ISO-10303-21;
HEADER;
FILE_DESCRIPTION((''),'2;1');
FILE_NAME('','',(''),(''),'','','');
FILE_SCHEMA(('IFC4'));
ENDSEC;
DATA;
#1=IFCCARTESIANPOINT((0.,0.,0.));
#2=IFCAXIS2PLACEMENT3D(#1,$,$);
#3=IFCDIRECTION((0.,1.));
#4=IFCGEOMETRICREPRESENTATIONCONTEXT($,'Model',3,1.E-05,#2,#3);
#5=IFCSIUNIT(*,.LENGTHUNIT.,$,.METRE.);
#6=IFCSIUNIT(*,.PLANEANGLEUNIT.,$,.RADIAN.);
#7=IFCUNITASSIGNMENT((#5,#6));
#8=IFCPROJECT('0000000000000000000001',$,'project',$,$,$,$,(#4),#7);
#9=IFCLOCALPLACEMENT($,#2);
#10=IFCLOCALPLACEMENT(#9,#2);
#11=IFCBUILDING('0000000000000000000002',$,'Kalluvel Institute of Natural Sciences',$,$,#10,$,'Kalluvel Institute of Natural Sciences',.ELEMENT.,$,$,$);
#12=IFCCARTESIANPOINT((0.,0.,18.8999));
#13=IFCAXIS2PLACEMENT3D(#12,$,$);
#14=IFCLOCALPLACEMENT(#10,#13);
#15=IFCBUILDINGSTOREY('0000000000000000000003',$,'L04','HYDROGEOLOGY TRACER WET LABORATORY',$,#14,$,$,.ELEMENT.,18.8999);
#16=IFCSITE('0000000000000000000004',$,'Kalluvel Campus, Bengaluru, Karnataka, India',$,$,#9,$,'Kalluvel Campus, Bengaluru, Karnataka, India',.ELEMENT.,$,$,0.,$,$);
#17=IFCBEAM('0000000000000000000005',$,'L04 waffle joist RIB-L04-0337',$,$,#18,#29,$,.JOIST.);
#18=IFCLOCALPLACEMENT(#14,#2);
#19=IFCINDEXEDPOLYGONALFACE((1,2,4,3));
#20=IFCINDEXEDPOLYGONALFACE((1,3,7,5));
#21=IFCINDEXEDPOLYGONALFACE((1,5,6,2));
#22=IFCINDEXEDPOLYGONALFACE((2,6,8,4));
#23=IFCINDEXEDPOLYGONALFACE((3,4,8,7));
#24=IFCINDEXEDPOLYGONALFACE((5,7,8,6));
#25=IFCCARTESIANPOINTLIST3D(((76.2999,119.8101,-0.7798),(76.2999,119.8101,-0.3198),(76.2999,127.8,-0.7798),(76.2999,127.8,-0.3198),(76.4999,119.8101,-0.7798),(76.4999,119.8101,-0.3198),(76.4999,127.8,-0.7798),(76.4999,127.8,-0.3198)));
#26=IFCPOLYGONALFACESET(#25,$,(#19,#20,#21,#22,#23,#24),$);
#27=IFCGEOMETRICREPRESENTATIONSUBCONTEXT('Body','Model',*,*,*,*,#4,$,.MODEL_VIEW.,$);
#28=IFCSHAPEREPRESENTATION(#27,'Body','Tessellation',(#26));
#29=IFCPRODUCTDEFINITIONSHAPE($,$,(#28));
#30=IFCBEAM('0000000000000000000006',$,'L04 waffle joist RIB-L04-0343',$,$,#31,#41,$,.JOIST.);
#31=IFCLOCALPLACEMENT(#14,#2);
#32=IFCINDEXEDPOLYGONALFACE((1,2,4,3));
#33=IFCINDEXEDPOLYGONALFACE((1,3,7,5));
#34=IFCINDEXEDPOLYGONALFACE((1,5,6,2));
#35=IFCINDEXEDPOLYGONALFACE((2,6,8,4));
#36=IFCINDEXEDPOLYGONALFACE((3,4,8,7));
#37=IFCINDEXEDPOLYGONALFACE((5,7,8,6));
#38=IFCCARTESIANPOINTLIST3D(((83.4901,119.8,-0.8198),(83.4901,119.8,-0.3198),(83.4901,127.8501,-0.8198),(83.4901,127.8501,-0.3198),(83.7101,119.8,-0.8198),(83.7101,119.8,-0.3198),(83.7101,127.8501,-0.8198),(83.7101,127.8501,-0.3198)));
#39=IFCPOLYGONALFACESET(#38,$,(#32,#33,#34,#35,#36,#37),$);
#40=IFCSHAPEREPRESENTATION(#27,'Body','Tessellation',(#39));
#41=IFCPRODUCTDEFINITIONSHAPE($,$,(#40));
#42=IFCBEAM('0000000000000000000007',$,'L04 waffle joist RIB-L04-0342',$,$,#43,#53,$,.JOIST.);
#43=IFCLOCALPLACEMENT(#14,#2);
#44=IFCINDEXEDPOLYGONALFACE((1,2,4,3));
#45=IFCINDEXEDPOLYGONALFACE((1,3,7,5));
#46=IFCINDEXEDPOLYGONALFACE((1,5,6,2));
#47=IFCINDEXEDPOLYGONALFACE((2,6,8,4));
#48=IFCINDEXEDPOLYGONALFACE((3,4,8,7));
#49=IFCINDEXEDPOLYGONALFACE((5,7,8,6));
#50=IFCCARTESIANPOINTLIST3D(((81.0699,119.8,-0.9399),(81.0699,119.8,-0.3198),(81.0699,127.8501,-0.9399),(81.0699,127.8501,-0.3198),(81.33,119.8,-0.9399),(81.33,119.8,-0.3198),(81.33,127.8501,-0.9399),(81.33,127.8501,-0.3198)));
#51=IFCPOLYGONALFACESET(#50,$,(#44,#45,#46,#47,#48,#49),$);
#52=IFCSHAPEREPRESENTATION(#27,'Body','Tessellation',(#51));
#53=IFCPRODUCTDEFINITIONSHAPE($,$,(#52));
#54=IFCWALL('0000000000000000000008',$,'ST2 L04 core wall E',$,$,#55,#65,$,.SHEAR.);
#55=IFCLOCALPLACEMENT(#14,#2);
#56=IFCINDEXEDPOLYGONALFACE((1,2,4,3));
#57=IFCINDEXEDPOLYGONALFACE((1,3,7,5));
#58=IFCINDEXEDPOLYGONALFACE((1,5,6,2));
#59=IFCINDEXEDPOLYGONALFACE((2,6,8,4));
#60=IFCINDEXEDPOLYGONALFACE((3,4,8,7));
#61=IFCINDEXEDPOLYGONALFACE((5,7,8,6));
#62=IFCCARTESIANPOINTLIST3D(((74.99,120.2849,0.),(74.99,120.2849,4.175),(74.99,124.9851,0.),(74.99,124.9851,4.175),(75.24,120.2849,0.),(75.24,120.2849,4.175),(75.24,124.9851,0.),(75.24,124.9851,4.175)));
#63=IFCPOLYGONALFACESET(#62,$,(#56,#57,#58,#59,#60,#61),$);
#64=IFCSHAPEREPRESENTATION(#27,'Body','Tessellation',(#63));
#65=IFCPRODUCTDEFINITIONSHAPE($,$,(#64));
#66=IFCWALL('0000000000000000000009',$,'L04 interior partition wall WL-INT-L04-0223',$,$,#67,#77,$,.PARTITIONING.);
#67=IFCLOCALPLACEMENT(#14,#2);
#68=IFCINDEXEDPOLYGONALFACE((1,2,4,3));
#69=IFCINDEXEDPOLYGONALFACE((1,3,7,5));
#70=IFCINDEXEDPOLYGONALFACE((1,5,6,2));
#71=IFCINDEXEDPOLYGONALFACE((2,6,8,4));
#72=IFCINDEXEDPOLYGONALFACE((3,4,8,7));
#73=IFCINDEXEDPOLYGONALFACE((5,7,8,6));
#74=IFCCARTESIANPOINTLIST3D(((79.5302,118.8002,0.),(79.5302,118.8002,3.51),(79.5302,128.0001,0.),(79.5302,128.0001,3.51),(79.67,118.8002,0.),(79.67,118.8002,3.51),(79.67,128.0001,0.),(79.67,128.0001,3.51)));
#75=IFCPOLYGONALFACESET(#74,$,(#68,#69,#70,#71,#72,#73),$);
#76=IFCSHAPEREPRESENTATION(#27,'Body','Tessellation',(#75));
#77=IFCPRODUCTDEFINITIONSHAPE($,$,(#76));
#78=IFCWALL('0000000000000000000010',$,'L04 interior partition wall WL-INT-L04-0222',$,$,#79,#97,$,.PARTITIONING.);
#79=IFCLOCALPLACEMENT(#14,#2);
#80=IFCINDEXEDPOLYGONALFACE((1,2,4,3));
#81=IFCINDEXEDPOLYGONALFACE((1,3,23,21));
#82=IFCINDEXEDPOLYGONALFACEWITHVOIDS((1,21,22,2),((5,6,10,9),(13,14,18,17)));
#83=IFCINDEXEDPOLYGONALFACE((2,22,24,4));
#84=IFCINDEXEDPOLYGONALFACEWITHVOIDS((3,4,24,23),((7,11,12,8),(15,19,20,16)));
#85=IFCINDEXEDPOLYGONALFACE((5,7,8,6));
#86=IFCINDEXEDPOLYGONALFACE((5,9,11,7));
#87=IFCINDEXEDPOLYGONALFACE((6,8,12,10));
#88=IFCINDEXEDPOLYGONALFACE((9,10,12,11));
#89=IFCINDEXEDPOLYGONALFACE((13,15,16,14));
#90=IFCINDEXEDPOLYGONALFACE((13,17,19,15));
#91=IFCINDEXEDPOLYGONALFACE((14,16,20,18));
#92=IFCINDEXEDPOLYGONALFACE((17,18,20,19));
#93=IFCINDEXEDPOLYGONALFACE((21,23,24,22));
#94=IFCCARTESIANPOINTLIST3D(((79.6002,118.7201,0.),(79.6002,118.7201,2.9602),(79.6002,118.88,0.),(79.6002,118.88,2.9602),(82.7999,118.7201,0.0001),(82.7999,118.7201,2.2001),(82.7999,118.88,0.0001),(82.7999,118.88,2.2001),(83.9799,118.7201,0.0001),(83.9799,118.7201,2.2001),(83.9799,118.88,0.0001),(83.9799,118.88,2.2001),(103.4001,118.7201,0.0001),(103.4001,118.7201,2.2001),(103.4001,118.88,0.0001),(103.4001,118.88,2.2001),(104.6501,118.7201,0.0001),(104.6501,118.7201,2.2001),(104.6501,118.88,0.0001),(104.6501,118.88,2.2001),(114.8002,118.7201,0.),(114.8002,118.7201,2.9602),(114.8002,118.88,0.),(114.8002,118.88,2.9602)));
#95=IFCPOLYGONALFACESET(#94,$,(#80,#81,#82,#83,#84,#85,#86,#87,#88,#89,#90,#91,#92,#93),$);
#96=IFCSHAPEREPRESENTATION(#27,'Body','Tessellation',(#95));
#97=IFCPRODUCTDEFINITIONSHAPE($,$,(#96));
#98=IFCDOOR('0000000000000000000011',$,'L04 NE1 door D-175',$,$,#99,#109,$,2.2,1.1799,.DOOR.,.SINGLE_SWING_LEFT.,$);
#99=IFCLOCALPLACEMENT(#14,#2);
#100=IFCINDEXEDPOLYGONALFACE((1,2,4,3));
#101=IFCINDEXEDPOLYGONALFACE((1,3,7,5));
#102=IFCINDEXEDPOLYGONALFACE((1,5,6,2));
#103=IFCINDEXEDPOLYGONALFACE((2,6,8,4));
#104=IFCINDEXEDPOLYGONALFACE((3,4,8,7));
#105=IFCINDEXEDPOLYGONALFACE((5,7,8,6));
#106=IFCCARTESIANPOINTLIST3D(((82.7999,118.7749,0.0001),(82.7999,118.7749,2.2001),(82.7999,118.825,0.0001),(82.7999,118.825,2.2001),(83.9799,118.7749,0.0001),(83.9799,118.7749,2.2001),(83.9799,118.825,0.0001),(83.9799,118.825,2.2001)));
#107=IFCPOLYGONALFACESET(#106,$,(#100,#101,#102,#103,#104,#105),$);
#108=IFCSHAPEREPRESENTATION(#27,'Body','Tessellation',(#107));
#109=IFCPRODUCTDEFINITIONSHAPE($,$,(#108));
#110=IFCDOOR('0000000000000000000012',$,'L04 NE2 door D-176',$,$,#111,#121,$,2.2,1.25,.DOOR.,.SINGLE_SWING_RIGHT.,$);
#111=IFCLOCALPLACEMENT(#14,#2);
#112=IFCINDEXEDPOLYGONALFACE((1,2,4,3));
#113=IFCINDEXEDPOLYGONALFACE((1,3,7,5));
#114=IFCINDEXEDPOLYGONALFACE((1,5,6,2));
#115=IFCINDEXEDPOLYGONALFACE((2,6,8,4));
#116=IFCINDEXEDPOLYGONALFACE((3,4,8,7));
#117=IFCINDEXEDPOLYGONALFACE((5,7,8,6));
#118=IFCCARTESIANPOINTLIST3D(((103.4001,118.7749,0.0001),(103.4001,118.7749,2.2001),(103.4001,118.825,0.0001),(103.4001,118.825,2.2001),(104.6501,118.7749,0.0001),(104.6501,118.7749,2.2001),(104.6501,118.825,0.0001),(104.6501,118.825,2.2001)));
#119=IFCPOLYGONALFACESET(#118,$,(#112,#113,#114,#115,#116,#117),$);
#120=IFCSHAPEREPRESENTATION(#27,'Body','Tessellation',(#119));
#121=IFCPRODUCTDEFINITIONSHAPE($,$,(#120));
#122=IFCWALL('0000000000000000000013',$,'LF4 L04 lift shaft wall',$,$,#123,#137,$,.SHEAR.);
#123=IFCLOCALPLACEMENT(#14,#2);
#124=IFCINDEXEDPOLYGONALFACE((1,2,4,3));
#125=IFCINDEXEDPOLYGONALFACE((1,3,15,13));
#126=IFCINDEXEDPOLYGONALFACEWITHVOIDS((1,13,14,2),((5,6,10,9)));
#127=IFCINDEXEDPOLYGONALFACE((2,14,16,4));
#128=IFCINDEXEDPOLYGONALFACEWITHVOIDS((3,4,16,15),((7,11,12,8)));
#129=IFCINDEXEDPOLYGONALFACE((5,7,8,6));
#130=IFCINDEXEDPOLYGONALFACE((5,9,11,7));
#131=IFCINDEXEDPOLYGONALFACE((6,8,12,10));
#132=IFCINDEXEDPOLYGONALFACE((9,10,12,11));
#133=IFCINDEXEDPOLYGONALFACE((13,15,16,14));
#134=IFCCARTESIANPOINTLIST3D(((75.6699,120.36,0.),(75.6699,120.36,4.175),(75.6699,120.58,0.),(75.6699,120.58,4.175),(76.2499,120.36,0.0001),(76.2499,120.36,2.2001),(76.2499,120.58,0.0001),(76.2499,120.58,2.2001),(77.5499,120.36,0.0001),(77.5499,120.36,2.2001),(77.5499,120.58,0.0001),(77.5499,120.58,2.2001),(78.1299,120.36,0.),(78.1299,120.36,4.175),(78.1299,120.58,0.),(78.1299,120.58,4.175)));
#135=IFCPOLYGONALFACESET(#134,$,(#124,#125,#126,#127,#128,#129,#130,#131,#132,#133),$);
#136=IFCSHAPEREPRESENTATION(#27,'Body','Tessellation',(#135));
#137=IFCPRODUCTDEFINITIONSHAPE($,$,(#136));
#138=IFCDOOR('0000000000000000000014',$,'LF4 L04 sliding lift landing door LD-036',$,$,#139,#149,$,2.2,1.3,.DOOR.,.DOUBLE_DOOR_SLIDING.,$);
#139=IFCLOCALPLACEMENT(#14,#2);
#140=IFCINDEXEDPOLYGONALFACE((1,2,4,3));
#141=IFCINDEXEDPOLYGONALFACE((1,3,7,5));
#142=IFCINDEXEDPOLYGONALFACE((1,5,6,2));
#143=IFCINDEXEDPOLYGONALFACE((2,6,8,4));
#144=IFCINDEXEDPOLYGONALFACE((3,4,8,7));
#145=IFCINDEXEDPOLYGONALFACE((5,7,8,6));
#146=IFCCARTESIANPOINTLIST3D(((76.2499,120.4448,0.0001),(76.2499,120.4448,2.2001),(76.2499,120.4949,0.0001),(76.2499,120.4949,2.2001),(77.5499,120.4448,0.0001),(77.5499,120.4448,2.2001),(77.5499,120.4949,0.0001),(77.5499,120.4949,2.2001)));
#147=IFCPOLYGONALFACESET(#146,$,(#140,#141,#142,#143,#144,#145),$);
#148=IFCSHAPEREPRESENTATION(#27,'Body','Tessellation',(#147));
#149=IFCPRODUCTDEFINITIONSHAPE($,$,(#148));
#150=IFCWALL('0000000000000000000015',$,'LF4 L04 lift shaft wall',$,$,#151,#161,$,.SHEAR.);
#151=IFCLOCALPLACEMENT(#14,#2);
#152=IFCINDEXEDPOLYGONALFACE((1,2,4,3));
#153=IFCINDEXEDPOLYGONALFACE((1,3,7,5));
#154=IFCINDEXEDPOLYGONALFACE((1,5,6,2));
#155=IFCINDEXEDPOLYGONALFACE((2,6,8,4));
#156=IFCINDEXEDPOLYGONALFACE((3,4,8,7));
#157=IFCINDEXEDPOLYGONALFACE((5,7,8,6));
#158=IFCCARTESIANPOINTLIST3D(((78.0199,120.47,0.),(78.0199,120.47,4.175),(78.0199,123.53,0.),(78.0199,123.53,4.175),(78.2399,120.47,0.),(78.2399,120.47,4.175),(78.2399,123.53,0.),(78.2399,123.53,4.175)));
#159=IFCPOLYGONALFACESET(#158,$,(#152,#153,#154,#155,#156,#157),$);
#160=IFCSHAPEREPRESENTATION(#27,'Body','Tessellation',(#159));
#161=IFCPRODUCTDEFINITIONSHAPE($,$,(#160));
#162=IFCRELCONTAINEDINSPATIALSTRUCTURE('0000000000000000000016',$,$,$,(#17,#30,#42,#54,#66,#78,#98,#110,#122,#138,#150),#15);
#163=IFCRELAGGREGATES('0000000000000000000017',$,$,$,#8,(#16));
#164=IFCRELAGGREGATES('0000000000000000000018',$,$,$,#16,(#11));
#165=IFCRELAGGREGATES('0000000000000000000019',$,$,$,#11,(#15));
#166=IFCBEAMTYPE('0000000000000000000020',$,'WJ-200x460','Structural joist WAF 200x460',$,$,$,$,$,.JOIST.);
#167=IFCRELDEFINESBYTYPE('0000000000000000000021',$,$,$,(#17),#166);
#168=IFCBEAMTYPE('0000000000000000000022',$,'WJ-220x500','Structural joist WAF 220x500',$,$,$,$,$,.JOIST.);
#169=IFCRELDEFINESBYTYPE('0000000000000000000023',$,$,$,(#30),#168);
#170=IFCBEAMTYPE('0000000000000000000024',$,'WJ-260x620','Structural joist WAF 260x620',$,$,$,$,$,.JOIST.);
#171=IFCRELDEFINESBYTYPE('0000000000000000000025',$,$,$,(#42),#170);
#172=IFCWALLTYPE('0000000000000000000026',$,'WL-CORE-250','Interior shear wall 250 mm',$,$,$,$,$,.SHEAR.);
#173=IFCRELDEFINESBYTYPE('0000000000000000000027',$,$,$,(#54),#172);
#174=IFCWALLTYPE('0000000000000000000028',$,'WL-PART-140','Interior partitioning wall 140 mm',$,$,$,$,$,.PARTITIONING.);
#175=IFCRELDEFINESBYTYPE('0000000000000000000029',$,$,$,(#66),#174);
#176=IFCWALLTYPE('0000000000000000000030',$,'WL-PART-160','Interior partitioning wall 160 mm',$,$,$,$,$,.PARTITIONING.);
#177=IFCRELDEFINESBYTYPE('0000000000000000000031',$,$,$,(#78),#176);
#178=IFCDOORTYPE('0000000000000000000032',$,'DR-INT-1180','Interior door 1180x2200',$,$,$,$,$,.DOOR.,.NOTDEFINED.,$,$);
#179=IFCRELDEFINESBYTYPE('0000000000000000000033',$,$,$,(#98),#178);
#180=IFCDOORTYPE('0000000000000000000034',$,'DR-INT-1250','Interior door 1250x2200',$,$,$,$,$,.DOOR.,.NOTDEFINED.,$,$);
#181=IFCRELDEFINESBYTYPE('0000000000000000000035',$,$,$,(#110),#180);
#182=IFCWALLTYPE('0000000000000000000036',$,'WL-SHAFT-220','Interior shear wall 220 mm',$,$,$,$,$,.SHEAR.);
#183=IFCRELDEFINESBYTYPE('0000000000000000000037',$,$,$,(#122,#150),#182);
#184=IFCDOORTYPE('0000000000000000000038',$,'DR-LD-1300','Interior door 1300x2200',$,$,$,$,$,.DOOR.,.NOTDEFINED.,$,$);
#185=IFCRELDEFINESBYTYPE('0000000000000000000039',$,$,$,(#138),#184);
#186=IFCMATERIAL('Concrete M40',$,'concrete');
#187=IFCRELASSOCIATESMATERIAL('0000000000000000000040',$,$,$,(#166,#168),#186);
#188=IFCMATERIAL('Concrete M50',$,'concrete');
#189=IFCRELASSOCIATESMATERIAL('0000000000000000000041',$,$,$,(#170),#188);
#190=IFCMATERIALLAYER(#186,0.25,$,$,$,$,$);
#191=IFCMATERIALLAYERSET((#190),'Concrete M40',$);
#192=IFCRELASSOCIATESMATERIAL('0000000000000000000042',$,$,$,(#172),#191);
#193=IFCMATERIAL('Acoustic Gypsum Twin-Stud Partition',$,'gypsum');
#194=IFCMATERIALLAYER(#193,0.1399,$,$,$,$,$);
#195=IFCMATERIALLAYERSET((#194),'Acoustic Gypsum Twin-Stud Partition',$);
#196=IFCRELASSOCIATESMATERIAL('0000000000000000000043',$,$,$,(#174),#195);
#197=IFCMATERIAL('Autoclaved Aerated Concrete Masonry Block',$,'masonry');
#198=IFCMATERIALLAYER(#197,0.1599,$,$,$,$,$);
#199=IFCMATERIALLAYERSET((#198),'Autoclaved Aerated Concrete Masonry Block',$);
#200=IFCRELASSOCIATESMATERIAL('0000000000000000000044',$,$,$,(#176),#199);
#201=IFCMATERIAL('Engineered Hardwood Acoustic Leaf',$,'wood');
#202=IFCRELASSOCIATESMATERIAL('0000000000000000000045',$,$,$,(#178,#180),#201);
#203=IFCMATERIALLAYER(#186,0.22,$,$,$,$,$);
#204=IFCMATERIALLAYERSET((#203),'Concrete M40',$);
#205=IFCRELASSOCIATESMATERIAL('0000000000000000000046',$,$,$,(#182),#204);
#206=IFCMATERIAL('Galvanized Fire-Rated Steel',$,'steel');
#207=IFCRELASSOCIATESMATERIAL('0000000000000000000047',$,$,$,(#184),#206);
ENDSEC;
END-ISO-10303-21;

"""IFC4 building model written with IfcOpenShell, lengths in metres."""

from ifc_helpers import new_model, si_unit, direction, frame, frame_2d, origin, origin_2d, place, context, subcontext, project, spatial, rectangle, extrude, material, layer, layer_set, material_profile, profile_set, type_object, element, fill, save


model = new_model("IFC4")

# Units and contexts
model_context = context("Model", 3, precision=1e-05, world=origin(), true_north=direction((0.0, 1.0)))
body_context = subcontext(model_context, "Body", "Model", "MODEL_VIEW")
ifc_project = project(units=[si_unit("LENGTHUNIT", "METRE"), si_unit("PLANEANGLEUNIT", "RADIAN")], contexts=[model_context])

# Site, building, storey
site_placement = place(None, origin())
site = spatial("IfcSite", under=ifc_project, at=site_placement, Name="Kalluvel Campus, Bengaluru, Karnataka, India", LongName="Kalluvel Campus, Bengaluru, Karnataka, India", CompositionType="ELEMENT", RefElevation=0.0)
building_placement = place(site_placement, origin())
building = spatial("IfcBuilding", under=site, at=building_placement, Name="Kalluvel Institute of Natural Sciences", LongName="Kalluvel Institute of Natural Sciences", CompositionType="ELEMENT")
storey_placement = place(building_placement, frame((0.0, 0.0, 18.8999)))
storey = spatial("IfcBuildingStorey", under=building, at=storey_placement, Name="L04", Description="HYDROGEOLOGY TRACER WET LABORATORY", CompositionType="ELEMENT", Elevation=18.8999)

# Shared definitions
ifc_material_1 = material(Name="Concrete M50", Category="concrete")
ifc_material_2 = material(Name="Concrete M40", Category="concrete")

# Beams
ifc_material_profile_1 = material_profile(ifc_material_2, rectangle(XDim=0.2, YDim=0.46, at=origin_2d()), Name="WAF 200x460")
ifc_profile_set_1 = profile_set([ifc_material_profile_1], Name="Concrete M40")
beam_type_1 = type_object("IfcBeamType", Name="WJ-200x460", Description="Structural joist WAF 200x460", PredefinedType="JOIST", material=ifc_profile_set_1)
beam_1_placement = place(storey_placement, frame((76.3999, 119.8101, -0.5498), z_axis=(0.0, 1.0, 0.0), x_axis=(-1.0, 0.0, 0.0)))
element("IfcBeam", 1, at=beam_1_placement, inside=storey, type_object=beam_type_1, Name="L04 waffle joist RIB-L04-0337", PredefinedType="JOIST", context=body_context, shape_type="SweptSolid", body=[
    extrude(rectangle(XDim=0.2, YDim=0.46, at=origin_2d()), origin(), (0.0, 0.0, 1.0), 7.99),
])
ifc_material_profile_2 = material_profile(ifc_material_2, rectangle(XDim=0.22, YDim=0.5, at=origin_2d()), Name="WAF 220x500")
ifc_profile_set_2 = profile_set([ifc_material_profile_2], Name="Concrete M40")
beam_type_2 = type_object("IfcBeamType", Name="WJ-220x500", Description="Structural joist WAF 220x500", PredefinedType="JOIST", material=ifc_profile_set_2)
beam_2_placement = place(storey_placement, frame((83.6001, 119.8, -0.5698), z_axis=(0.0, 1.0, 0.0), x_axis=(-1.0, 0.0, 0.0)))
element("IfcBeam", 2, at=beam_2_placement, inside=storey, type_object=beam_type_2, Name="L04 waffle joist RIB-L04-0343", PredefinedType="JOIST", context=body_context, shape_type="SweptSolid", body=[
    extrude(rectangle(XDim=0.22, YDim=0.5, at=origin_2d()), origin(), (0.0, 0.0, 1.0), 8.05),
])
ifc_material_profile_3 = material_profile(ifc_material_1, rectangle(XDim=0.26, YDim=0.6201, at=origin_2d()), Name="WAF 260x620")
ifc_profile_set_3 = profile_set([ifc_material_profile_3], Name="Concrete M50")
beam_type_3 = type_object("IfcBeamType", Name="WJ-260x620", Description="Structural joist WAF 260x620", PredefinedType="JOIST", material=ifc_profile_set_3)
beam_3_placement = place(storey_placement, frame((81.2, 119.8, -0.6299), z_axis=(0.0, 1.0, 0.0), x_axis=(-1.0, 0.0, 0.0)))
element("IfcBeam", 3, at=beam_3_placement, inside=storey, type_object=beam_type_3, Name="L04 waffle joist RIB-L04-0342", PredefinedType="JOIST", context=body_context, shape_type="SweptSolid", body=[
    extrude(rectangle(XDim=0.26, YDim=0.6201, at=origin_2d()), origin(), (0.0, 0.0, 1.0), 8.05),
])

# Walls
ifc_layer_1 = layer(ifc_material_2, 0.25)
ifc_layer_set_1 = layer_set([ifc_layer_1], Name="Concrete M40")
wall_type_1 = type_object("IfcWallType", Name="WL-CORE-250", Description="Interior shear wall 250 mm", PredefinedType="SHEAR", material=ifc_layer_set_1)
wall_1_placement = place(storey_placement, frame((75.115, 120.2849, 0.0), z_axis=(0.0, 0.0, 1.0), x_axis=(0.0, 1.0, 0.0)))
element("IfcWall", 4, at=wall_1_placement, inside=storey, type_object=wall_type_1, Name="ST2 L04 core wall E", PredefinedType="SHEAR", context=body_context, shape_type="SweptSolid", body=[
    extrude(rectangle(XDim=4.7002, YDim=0.25, at=frame_2d((2.3501, 0.0))), origin(), (0.0, 0.0, 1.0), 4.175),
])
ifc_material_3 = material(Name="Acoustic Gypsum Twin-Stud Partition", Category="gypsum")
ifc_layer_2 = layer(ifc_material_3, 0.1399)
ifc_layer_set_2 = layer_set([ifc_layer_2], Name="Acoustic Gypsum Twin-Stud Partition")
wall_type_2 = type_object("IfcWallType", Name="WL-PART-140", Description="Interior partitioning wall 140 mm", PredefinedType="PARTITIONING", material=ifc_layer_set_2)
wall_2_placement = place(storey_placement, frame((79.6001, 118.8, 0.0), z_axis=(0.0, 0.0, 1.0), x_axis=(0.0, 1.0, 0.0)))
element("IfcWall", 5, at=wall_2_placement, inside=storey, type_object=wall_type_2, Name="L04 interior partition wall WL-INT-L04-0223", PredefinedType="PARTITIONING", context=body_context, shape_type="SweptSolid", body=[
    extrude(rectangle(XDim=9.2, YDim=0.1399, at=frame_2d((4.6001, 0.0))), origin(), (0.0, 0.0, 1.0), 3.51),
])

# Wall, openings, doors
ifc_material_4 = material(Name="Autoclaved Aerated Concrete Masonry Block", Category="masonry")
ifc_layer_3 = layer(ifc_material_4, 0.1599)
ifc_layer_set_3 = layer_set([ifc_layer_3], Name="Autoclaved Aerated Concrete Masonry Block")
wall_type_3 = type_object("IfcWallType", Name="WL-PART-160", Description="Interior partitioning wall 160 mm", PredefinedType="PARTITIONING", material=ifc_layer_set_3)
wall_3_placement = place(storey_placement, frame((79.6001, 118.8, 0.0), z_axis=(0.0, 0.0, 1.0), x_axis=(1.0, 0.0, 0.0)))
wall_3 = element("IfcWall", 6, at=wall_3_placement, inside=storey, type_object=wall_type_3, Name="L04 interior partition wall WL-INT-L04-0222", PredefinedType="PARTITIONING", context=body_context, shape_type="SweptSolid", body=[
    extrude(rectangle(XDim=35.2, YDim=0.1599, at=frame_2d((17.6001, 0.0))), origin(), (0.0, 0.0, 1.0), 2.9602),
])
opening_1_placement = place(wall_3_placement, frame((3.2, 0.0, 0.0)))
opening_1 = element("IfcOpeningElement", 7, at=opening_1_placement, cuts=wall_3, PredefinedType="OPENING", context=body_context, shape_type="SweptSolid", body=[
    extrude(rectangle(XDim=1.1799, YDim=2.2, at=frame_2d((0.5898, 1.1001))), frame((0.0, 0.0898, 0.0), z_axis=(0.0, -1.0, 0.0), x_axis=(1.0, 0.0, 0.0)), (0.0, 0.0, 1.0), 0.1799),
])
opening_2_placement = place(wall_3_placement, frame((23.8, 0.0, 0.0)))
opening_2 = element("IfcOpeningElement", 8, at=opening_2_placement, cuts=wall_3, PredefinedType="OPENING", context=body_context, shape_type="SweptSolid", body=[
    extrude(rectangle(XDim=1.25, YDim=2.2, at=frame_2d((0.625, 1.1001))), frame((0.0, 0.0898, 0.0), z_axis=(0.0, -1.0, 0.0), x_axis=(1.0, 0.0, 0.0)), (0.0, 0.0, 1.0), 0.1799),
])
ifc_material_5 = material(Name="Engineered Hardwood Acoustic Leaf", Category="wood")
door_type_1 = type_object("IfcDoorType", Name="DR-INT-1180", Description="Interior door 1180x2200", OperationType="NOTDEFINED", PredefinedType="DOOR", material=ifc_material_5)
door_1_placement = place(opening_1_placement, origin())
door_1 = element("IfcDoor", 9, at=door_1_placement, inside=storey, type_object=door_type_1, Name="L04 NE1 door D-175", OperationType="SINGLE_SWING_LEFT", OverallHeight=2.2, OverallWidth=1.1799, PredefinedType="DOOR", context=body_context, shape_type="SweptSolid", body=[
    extrude(rectangle(XDim=1.1799, YDim=2.2, at=frame_2d((0.5898, 1.1001))), frame((0.0, 0.0249, 0.0), z_axis=(0.0, -1.0, 0.0), x_axis=(1.0, 0.0, 0.0)), (0.0, 0.0, 1.0), 0.05),
])
fill(opening_1, door_1)
door_type_2 = type_object("IfcDoorType", Name="DR-INT-1250", Description="Interior door 1250x2200", OperationType="NOTDEFINED", PredefinedType="DOOR", material=ifc_material_5)
door_2_placement = place(opening_2_placement, origin())
door_2 = element("IfcDoor", 10, at=door_2_placement, inside=storey, type_object=door_type_2, Name="L04 NE2 door D-176", OperationType="SINGLE_SWING_RIGHT", OverallHeight=2.2, OverallWidth=1.25, PredefinedType="DOOR", context=body_context, shape_type="SweptSolid", body=[
    extrude(rectangle(XDim=1.25, YDim=2.2, at=frame_2d((0.625, 1.1001))), frame((0.0, 0.0249, 0.0), z_axis=(0.0, -1.0, 0.0), x_axis=(1.0, 0.0, 0.0)), (0.0, 0.0, 1.0), 0.05),
])
fill(opening_2, door_2)

# Wall, opening, door
ifc_layer_4 = layer(ifc_material_2, 0.22)
ifc_layer_set_4 = layer_set([ifc_layer_4], Name="Concrete M40")
wall_type_4 = type_object("IfcWallType", Name="WL-SHAFT-220", Description="Interior shear wall 220 mm", PredefinedType="SHEAR", material=ifc_layer_set_4)
wall_4_placement = place(storey_placement, frame((75.6699, 120.47, 0.0), z_axis=(0.0, 0.0, 1.0), x_axis=(1.0, 0.0, 0.0)))
wall_4 = element("IfcWall", 11, at=wall_4_placement, inside=storey, type_object=wall_type_4, Name="LF4 L04 lift shaft wall", PredefinedType="SHEAR", context=body_context, shape_type="SweptSolid", body=[
    extrude(rectangle(XDim=2.46, YDim=0.22, at=frame_2d((1.23, 0.0))), origin(), (0.0, 0.0, 1.0), 4.175),
])
opening_3_placement = place(wall_4_placement, frame((0.5801, 0.0, 0.0)))
opening_3 = element("IfcOpeningElement", 12, at=opening_3_placement, cuts=wall_4, PredefinedType="OPENING", context=body_context, shape_type="SweptSolid", body=[
    extrude(rectangle(XDim=1.3, YDim=2.2, at=frame_2d((0.6499, 1.1001))), frame((0.0, 0.1199, 0.0), z_axis=(0.0, -1.0, 0.0), x_axis=(1.0, 0.0, 0.0)), (0.0, 0.0, 1.0), 0.24),
])
ifc_material_6 = material(Name="Galvanized Fire-Rated Steel", Category="steel")
door_type_3 = type_object("IfcDoorType", Name="DR-LD-1300", Description="Interior door 1300x2200", OperationType="NOTDEFINED", PredefinedType="DOOR", material=ifc_material_6)
door_3_placement = place(opening_3_placement, origin())
door_3 = element("IfcDoor", 13, at=door_3_placement, inside=storey, type_object=door_type_3, Name="LF4 L04 sliding lift landing door LD-036", OperationType="DOUBLE_DOOR_SLIDING", OverallHeight=2.2, OverallWidth=1.3, PredefinedType="DOOR", context=body_context, shape_type="SweptSolid", body=[
    extrude(rectangle(XDim=1.3, YDim=2.2, at=frame_2d((0.6499, 1.1001))), frame((0.0, 0.0249, 0.0), z_axis=(0.0, -1.0, 0.0), x_axis=(1.0, 0.0, 0.0)), (0.0, 0.0, 1.0), 0.05),
])
fill(opening_3, door_3)

# Wall
for number, where, z_axis, x_axis, name in (
    (14, (78.1299, 120.47, 0.0), (0.0, 0.0, 1.0), (0.0, 1.0, 0.0), "LF4 L04 lift shaft wall"),
):
    element("IfcWall", number, at=place(storey_placement, frame(where, z_axis=z_axis, x_axis=x_axis)), inside=storey, type_object=wall_type_4, Name=name, PredefinedType="SHEAR", context=body_context, shape_type="SweptSolid", body=[
        extrude(rectangle(XDim=3.0601, YDim=0.22, at=frame_2d((1.53, 0.0))), origin(), (0.0, 0.0, 1.0), 4.175),
    ])

save(model, "model.ifc")
